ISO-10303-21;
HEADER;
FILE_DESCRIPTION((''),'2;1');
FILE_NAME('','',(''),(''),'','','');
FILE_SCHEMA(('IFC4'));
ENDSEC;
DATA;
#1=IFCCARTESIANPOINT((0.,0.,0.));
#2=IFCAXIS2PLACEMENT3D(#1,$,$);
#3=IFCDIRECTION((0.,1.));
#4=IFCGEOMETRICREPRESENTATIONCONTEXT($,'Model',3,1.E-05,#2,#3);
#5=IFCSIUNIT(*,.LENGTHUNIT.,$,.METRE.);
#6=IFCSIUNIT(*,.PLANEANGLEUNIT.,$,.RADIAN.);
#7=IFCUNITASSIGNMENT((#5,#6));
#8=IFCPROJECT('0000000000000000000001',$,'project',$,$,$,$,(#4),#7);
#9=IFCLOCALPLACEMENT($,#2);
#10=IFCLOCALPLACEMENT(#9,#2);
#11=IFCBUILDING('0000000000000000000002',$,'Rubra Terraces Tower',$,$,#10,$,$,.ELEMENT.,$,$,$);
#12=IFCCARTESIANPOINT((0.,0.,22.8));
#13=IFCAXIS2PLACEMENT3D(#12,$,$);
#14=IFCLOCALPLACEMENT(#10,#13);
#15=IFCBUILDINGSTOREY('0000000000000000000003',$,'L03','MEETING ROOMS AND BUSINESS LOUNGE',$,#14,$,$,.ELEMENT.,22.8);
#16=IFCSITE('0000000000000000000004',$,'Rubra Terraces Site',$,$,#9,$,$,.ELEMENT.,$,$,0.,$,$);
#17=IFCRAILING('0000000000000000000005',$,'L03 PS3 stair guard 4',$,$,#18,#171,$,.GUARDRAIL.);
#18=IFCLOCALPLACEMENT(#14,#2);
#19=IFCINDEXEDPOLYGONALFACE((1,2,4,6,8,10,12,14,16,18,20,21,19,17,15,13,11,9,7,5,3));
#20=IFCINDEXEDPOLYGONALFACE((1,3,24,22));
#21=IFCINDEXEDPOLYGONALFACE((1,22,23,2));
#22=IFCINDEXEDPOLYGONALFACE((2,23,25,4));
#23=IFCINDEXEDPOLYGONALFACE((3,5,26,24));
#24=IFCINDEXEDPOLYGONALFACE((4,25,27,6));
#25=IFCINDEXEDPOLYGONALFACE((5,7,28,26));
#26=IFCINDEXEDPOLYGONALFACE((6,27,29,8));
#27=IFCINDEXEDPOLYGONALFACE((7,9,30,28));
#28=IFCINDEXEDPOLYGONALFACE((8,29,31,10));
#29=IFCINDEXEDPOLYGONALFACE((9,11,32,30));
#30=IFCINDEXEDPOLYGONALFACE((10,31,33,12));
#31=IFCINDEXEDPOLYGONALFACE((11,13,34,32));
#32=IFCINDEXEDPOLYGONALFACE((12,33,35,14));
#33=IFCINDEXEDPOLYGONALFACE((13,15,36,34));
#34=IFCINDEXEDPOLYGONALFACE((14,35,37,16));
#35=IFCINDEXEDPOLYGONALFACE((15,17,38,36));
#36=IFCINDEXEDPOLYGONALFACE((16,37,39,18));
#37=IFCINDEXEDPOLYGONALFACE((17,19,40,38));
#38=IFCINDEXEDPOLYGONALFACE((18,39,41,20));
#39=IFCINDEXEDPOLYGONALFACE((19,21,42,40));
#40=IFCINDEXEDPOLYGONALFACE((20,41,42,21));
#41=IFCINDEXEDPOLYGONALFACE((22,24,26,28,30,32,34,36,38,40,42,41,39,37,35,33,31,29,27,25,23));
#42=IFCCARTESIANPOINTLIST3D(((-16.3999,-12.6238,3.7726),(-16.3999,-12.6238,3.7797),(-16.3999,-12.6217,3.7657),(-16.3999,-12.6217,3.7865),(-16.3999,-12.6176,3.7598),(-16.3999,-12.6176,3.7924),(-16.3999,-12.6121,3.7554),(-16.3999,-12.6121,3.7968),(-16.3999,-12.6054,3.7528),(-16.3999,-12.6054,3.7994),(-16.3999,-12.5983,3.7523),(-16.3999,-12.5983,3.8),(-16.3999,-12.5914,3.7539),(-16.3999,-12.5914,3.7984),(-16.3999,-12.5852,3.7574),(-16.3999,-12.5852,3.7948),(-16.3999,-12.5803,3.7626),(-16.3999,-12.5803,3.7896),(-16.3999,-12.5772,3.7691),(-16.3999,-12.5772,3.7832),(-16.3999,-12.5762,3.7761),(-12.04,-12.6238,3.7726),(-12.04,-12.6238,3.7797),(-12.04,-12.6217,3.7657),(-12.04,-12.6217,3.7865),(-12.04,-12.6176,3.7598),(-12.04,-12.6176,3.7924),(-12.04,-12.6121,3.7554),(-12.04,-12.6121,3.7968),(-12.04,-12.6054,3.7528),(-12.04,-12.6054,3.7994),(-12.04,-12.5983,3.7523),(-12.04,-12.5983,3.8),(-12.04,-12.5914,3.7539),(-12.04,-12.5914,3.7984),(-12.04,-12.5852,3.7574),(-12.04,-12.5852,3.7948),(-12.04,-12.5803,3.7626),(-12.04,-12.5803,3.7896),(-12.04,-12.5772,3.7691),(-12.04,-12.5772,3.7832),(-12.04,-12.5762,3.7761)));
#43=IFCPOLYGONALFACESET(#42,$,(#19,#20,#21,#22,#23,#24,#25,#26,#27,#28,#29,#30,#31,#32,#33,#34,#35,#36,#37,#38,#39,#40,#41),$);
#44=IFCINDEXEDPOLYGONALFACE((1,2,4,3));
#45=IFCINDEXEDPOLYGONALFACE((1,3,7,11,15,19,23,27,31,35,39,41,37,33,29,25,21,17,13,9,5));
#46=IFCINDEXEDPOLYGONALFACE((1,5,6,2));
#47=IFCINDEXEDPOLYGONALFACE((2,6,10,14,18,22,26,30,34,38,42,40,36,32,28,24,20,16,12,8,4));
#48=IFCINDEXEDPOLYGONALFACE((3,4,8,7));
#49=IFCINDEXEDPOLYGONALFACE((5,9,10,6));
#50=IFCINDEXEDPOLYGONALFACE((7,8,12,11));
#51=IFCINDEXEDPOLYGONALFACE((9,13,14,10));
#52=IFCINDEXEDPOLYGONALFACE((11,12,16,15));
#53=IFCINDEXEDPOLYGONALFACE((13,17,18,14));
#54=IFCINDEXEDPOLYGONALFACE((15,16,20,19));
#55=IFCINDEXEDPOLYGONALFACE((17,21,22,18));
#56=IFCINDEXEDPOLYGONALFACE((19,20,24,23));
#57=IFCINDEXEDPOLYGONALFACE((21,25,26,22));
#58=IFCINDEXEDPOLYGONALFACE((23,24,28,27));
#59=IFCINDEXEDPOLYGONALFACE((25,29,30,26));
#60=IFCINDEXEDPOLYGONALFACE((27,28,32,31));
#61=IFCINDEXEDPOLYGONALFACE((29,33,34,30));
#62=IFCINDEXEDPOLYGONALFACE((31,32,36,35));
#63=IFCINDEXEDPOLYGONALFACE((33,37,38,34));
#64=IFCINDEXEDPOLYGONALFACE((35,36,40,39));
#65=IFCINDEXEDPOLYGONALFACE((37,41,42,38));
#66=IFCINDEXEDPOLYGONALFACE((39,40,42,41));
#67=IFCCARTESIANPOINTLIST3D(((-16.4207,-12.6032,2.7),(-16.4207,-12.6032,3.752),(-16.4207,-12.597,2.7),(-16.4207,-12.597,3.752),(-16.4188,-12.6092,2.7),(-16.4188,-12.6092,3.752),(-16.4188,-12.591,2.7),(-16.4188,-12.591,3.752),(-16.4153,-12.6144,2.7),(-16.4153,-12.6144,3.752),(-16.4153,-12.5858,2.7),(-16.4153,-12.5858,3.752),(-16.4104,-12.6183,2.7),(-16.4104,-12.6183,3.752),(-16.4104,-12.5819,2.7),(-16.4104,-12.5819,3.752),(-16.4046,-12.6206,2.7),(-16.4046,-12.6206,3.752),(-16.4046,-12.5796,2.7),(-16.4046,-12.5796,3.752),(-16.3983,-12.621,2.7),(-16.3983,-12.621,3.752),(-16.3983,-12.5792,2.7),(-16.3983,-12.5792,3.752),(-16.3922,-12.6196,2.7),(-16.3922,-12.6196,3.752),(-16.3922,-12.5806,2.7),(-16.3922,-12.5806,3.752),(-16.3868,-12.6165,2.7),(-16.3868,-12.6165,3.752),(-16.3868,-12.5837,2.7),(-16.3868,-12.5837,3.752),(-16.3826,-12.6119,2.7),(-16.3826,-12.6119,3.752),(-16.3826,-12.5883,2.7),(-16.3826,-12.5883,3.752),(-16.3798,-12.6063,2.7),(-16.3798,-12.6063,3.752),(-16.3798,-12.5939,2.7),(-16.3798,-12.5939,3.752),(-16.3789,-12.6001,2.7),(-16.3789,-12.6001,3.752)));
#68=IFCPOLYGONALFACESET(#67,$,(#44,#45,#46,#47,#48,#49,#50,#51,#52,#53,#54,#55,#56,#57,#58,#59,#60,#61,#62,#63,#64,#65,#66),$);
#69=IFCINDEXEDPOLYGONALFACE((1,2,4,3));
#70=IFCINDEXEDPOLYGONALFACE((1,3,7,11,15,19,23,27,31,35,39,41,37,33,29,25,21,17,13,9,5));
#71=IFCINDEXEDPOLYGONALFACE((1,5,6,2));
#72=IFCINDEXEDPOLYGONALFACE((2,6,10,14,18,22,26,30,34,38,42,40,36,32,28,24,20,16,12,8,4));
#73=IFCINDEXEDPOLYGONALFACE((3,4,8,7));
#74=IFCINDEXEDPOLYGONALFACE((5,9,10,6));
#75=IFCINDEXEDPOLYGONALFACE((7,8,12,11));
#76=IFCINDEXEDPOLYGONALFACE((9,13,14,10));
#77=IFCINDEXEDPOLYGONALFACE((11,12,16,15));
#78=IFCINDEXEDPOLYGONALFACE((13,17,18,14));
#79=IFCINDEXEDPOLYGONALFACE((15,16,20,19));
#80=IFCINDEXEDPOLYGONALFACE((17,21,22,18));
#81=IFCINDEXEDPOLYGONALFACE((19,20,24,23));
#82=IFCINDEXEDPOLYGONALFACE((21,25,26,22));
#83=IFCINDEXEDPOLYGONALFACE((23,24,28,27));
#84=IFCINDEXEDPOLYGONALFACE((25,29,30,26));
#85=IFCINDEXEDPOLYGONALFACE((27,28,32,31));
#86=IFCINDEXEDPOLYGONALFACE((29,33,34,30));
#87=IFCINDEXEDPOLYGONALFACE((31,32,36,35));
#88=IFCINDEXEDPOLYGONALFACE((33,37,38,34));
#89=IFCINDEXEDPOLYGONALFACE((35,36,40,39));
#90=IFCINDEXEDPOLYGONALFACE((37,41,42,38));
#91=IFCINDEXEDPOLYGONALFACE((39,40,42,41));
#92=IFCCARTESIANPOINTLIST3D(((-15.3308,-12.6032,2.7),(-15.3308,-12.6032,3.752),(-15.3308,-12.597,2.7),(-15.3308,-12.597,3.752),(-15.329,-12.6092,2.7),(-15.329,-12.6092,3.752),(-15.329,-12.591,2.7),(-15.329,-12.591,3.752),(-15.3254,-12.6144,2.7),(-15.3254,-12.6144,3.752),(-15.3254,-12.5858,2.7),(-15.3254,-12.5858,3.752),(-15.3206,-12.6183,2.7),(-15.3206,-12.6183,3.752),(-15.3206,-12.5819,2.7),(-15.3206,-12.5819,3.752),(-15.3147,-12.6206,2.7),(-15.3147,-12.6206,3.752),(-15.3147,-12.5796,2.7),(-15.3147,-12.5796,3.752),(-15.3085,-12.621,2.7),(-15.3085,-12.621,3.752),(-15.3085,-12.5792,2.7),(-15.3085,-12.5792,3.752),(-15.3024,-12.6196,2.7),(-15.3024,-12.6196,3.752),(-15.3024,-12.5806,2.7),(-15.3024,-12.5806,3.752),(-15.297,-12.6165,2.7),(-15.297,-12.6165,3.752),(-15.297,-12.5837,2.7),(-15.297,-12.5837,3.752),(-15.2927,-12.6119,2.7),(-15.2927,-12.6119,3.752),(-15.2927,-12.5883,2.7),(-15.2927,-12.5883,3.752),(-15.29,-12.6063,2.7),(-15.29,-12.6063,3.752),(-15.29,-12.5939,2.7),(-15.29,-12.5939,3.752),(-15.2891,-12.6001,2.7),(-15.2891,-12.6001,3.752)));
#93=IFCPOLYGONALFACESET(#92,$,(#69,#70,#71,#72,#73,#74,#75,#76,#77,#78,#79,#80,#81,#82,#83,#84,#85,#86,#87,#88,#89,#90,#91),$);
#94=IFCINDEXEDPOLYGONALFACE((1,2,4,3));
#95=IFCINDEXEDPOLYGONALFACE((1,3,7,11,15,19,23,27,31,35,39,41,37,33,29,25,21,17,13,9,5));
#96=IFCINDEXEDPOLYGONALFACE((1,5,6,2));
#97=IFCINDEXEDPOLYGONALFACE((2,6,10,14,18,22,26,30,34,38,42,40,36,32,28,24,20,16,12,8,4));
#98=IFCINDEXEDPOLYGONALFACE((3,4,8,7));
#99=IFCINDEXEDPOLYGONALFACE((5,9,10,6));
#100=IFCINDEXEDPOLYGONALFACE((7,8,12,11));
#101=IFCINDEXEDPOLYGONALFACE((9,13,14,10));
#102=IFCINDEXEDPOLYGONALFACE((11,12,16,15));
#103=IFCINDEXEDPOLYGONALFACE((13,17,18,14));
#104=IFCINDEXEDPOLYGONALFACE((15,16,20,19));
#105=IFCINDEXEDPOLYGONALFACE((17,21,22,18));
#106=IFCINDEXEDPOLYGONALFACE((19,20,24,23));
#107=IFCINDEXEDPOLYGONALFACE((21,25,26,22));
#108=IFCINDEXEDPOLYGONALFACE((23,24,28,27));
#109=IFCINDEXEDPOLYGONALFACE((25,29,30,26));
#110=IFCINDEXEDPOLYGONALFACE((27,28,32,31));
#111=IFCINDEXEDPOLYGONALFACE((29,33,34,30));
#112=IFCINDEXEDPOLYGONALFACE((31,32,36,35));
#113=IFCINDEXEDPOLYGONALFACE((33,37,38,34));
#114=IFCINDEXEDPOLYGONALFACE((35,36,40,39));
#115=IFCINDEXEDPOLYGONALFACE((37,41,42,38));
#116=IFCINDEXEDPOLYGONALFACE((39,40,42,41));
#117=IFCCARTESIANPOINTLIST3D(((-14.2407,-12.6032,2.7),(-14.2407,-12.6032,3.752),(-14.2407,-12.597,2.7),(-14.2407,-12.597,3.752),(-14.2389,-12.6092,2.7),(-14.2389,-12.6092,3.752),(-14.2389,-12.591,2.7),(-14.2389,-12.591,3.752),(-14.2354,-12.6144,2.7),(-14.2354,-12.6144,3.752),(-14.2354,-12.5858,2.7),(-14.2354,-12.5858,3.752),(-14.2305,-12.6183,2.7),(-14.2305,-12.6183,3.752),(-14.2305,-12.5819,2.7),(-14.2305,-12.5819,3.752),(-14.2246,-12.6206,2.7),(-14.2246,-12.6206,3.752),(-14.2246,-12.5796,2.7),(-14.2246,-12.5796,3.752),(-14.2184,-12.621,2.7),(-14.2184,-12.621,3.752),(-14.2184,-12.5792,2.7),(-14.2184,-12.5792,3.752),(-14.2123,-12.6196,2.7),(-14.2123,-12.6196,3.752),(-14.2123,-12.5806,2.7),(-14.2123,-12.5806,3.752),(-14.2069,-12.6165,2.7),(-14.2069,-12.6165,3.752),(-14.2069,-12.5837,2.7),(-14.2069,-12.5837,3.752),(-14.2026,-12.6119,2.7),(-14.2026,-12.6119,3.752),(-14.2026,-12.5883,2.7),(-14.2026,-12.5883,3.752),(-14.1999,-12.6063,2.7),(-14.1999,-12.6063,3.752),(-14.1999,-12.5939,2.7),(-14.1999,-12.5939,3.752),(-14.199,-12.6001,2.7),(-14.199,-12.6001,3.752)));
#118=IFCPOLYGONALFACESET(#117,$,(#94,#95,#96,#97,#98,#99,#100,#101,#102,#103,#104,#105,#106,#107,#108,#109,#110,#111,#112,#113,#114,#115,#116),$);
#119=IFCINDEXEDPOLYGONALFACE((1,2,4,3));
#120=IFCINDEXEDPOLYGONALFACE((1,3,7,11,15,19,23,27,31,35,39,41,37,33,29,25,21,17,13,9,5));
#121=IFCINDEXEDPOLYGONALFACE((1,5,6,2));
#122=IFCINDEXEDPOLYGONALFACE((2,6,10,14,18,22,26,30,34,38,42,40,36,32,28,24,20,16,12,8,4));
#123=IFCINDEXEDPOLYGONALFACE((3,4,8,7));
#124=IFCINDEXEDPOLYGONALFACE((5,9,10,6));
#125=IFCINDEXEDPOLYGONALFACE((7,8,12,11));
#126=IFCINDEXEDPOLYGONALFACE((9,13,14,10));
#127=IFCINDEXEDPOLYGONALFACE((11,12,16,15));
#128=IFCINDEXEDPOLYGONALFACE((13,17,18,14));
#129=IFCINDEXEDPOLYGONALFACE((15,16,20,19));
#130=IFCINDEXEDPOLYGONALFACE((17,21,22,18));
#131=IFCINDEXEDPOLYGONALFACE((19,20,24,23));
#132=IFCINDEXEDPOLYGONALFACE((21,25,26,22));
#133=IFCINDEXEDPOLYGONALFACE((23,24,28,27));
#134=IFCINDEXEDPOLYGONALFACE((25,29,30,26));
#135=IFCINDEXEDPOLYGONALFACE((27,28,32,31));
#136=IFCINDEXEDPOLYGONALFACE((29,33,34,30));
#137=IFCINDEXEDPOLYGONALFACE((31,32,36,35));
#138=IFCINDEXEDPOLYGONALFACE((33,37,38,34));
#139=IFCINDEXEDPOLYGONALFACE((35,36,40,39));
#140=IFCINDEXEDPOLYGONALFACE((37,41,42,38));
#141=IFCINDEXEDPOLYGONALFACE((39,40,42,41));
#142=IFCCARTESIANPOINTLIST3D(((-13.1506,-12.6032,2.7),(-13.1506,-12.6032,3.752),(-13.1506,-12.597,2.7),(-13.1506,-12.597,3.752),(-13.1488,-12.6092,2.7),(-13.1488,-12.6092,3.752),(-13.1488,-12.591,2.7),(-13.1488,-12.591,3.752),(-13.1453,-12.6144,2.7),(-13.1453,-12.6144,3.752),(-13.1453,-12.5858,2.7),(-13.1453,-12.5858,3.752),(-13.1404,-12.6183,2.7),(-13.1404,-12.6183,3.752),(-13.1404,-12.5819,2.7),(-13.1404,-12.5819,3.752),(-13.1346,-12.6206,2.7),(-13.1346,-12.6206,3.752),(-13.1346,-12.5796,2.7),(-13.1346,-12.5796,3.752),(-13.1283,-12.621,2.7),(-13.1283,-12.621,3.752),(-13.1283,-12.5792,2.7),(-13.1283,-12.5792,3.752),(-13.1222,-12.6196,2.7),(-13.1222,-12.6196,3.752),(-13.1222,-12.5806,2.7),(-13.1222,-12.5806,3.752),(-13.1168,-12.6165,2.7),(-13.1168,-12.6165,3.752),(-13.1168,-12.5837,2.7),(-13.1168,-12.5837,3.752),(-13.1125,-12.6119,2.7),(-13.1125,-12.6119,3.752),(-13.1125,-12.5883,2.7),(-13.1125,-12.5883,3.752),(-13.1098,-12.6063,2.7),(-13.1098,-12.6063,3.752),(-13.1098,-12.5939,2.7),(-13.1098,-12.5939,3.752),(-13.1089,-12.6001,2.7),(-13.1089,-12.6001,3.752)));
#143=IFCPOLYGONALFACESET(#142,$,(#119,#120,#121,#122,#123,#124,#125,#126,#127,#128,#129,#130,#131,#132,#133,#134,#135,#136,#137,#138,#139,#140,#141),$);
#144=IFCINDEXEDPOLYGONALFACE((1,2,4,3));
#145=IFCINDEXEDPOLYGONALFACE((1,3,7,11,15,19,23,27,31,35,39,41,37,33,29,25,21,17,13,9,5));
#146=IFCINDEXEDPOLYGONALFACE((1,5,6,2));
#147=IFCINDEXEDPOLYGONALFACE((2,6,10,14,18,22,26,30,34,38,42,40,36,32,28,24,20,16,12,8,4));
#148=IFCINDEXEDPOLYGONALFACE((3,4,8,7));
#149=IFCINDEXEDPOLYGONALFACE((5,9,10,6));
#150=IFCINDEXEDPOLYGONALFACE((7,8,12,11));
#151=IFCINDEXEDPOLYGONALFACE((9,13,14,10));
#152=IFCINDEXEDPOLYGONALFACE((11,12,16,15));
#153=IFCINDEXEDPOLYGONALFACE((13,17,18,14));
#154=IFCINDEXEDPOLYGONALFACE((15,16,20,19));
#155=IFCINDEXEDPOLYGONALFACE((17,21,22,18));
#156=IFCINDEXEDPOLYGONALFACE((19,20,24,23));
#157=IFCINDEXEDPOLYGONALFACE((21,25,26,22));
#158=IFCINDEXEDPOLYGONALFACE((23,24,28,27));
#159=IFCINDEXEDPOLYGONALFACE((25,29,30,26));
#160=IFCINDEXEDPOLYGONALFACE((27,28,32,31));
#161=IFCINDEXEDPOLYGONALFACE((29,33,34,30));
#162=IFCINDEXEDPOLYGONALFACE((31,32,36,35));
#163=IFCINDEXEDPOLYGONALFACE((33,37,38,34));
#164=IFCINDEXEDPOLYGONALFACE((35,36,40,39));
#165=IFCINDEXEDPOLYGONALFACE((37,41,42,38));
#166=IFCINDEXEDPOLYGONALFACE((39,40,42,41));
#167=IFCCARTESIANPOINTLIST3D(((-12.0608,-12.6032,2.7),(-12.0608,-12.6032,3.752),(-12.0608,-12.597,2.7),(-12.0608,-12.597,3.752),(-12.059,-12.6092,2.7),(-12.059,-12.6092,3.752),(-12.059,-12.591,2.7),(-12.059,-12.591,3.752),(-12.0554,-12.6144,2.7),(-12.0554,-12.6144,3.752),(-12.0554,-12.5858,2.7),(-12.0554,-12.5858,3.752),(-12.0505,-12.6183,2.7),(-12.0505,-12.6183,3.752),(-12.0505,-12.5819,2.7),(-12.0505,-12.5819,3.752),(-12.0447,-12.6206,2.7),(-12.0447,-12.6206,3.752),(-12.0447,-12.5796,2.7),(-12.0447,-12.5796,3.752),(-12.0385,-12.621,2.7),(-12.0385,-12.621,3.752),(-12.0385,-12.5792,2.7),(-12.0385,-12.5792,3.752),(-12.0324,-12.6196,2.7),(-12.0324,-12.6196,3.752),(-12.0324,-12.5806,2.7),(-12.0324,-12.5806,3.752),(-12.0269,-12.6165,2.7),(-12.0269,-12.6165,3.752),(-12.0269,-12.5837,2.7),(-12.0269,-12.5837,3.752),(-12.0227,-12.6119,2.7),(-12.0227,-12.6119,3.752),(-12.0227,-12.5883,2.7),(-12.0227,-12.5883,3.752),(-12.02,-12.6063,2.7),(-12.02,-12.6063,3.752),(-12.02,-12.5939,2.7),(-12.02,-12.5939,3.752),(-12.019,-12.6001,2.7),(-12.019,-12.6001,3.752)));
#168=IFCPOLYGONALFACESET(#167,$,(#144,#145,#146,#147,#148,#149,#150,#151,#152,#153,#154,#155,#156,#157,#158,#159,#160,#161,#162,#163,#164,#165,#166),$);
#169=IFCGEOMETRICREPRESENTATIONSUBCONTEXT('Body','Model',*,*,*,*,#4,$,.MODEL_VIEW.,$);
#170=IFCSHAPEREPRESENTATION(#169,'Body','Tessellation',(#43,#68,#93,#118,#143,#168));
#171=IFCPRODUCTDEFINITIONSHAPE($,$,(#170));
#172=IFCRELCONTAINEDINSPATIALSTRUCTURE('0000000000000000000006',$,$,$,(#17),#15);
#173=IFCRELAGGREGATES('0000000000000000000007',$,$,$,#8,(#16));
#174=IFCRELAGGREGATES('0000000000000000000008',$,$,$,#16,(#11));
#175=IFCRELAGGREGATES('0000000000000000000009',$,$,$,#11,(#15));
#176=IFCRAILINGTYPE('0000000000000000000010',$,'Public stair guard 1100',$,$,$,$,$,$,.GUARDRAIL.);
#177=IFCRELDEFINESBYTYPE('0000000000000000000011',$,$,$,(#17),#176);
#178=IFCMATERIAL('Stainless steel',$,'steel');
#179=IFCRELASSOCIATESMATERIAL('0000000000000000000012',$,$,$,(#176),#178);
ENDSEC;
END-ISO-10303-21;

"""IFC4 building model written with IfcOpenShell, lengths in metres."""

from ifc_helpers import new_model, si_unit, direction, frame, origin, origin_2d, place, context, subcontext, project, spatial, circle, extrude, material, type_object, element, save


model = new_model("IFC4")

# Units and contexts
model_context = context("Model", 3, precision=1e-05, world=origin(), true_north=direction((0.0, 1.0)))
body_context = subcontext(model_context, "Body", "Model", "MODEL_VIEW")
ifc_project = project(units=[si_unit("LENGTHUNIT", "METRE"), si_unit("PLANEANGLEUNIT", "RADIAN")], contexts=[model_context])

# Site, building, storey
site_placement = place(None, origin())
site = spatial("IfcSite", under=ifc_project, at=site_placement, Name="Rubra Terraces Site", CompositionType="ELEMENT", RefElevation=0.0)
building_placement = place(site_placement, origin())
building = spatial("IfcBuilding", under=site, at=building_placement, Name="Rubra Terraces Tower", CompositionType="ELEMENT")
storey_placement = place(building_placement, frame((0.0, 0.0, 22.8)))
storey = spatial("IfcBuildingStorey", under=building, at=storey_placement, Name="L03", Description="MEETING ROOMS AND BUSINESS LOUNGE", CompositionType="ELEMENT", Elevation=22.8)

# Railing
ifc_material_1 = material(Name="Stainless steel", Category="steel")
railing_type_1 = type_object("IfcRailingType", Name="Public stair guard 1100", PredefinedType="GUARDRAIL", material=ifc_material_1)
for number, where, name in (
    (1, (-16.3999, -12.6001, 2.7), "L03 PS3 stair guard 4"),
):
    element("IfcRailing", number, at=place(storey_placement, frame(where)), inside=storey, type_object=railing_type_1, Name=name, PredefinedType="GUARDRAIL", context=body_context, shape_type="SweptSolid", body=[
        extrude(circle(Radius=0.0239, at=origin_2d()), frame((0.0, 0.0, 1.0762), z_axis=(1.0, 0.0, 0.0), x_axis=(0.0, 1.0, 0.0)), (0.0, 0.0, 1.0), 4.3599),
        extrude(circle(Radius=0.021, at=origin_2d()), origin(), (0.0, 0.0, 1.0), 1.052),
        extrude(circle(Radius=0.021, at=origin_2d()), frame((1.0898, 0.0, 0.0)), (0.0, 0.0, 1.0), 1.052),
        extrude(circle(Radius=0.021, at=origin_2d()), frame((2.1799, 0.0, 0.0)), (0.0, 0.0, 1.0), 1.052),
        extrude(circle(Radius=0.021, at=origin_2d()), frame((3.27, 0.0, 0.0)), (0.0, 0.0, 1.0), 1.052),
        extrude(circle(Radius=0.021, at=origin_2d()), frame((4.3599, 0.0, 0.0)), (0.0, 0.0, 1.0), 1.052),
    ])

save(model, "model.ifc")
